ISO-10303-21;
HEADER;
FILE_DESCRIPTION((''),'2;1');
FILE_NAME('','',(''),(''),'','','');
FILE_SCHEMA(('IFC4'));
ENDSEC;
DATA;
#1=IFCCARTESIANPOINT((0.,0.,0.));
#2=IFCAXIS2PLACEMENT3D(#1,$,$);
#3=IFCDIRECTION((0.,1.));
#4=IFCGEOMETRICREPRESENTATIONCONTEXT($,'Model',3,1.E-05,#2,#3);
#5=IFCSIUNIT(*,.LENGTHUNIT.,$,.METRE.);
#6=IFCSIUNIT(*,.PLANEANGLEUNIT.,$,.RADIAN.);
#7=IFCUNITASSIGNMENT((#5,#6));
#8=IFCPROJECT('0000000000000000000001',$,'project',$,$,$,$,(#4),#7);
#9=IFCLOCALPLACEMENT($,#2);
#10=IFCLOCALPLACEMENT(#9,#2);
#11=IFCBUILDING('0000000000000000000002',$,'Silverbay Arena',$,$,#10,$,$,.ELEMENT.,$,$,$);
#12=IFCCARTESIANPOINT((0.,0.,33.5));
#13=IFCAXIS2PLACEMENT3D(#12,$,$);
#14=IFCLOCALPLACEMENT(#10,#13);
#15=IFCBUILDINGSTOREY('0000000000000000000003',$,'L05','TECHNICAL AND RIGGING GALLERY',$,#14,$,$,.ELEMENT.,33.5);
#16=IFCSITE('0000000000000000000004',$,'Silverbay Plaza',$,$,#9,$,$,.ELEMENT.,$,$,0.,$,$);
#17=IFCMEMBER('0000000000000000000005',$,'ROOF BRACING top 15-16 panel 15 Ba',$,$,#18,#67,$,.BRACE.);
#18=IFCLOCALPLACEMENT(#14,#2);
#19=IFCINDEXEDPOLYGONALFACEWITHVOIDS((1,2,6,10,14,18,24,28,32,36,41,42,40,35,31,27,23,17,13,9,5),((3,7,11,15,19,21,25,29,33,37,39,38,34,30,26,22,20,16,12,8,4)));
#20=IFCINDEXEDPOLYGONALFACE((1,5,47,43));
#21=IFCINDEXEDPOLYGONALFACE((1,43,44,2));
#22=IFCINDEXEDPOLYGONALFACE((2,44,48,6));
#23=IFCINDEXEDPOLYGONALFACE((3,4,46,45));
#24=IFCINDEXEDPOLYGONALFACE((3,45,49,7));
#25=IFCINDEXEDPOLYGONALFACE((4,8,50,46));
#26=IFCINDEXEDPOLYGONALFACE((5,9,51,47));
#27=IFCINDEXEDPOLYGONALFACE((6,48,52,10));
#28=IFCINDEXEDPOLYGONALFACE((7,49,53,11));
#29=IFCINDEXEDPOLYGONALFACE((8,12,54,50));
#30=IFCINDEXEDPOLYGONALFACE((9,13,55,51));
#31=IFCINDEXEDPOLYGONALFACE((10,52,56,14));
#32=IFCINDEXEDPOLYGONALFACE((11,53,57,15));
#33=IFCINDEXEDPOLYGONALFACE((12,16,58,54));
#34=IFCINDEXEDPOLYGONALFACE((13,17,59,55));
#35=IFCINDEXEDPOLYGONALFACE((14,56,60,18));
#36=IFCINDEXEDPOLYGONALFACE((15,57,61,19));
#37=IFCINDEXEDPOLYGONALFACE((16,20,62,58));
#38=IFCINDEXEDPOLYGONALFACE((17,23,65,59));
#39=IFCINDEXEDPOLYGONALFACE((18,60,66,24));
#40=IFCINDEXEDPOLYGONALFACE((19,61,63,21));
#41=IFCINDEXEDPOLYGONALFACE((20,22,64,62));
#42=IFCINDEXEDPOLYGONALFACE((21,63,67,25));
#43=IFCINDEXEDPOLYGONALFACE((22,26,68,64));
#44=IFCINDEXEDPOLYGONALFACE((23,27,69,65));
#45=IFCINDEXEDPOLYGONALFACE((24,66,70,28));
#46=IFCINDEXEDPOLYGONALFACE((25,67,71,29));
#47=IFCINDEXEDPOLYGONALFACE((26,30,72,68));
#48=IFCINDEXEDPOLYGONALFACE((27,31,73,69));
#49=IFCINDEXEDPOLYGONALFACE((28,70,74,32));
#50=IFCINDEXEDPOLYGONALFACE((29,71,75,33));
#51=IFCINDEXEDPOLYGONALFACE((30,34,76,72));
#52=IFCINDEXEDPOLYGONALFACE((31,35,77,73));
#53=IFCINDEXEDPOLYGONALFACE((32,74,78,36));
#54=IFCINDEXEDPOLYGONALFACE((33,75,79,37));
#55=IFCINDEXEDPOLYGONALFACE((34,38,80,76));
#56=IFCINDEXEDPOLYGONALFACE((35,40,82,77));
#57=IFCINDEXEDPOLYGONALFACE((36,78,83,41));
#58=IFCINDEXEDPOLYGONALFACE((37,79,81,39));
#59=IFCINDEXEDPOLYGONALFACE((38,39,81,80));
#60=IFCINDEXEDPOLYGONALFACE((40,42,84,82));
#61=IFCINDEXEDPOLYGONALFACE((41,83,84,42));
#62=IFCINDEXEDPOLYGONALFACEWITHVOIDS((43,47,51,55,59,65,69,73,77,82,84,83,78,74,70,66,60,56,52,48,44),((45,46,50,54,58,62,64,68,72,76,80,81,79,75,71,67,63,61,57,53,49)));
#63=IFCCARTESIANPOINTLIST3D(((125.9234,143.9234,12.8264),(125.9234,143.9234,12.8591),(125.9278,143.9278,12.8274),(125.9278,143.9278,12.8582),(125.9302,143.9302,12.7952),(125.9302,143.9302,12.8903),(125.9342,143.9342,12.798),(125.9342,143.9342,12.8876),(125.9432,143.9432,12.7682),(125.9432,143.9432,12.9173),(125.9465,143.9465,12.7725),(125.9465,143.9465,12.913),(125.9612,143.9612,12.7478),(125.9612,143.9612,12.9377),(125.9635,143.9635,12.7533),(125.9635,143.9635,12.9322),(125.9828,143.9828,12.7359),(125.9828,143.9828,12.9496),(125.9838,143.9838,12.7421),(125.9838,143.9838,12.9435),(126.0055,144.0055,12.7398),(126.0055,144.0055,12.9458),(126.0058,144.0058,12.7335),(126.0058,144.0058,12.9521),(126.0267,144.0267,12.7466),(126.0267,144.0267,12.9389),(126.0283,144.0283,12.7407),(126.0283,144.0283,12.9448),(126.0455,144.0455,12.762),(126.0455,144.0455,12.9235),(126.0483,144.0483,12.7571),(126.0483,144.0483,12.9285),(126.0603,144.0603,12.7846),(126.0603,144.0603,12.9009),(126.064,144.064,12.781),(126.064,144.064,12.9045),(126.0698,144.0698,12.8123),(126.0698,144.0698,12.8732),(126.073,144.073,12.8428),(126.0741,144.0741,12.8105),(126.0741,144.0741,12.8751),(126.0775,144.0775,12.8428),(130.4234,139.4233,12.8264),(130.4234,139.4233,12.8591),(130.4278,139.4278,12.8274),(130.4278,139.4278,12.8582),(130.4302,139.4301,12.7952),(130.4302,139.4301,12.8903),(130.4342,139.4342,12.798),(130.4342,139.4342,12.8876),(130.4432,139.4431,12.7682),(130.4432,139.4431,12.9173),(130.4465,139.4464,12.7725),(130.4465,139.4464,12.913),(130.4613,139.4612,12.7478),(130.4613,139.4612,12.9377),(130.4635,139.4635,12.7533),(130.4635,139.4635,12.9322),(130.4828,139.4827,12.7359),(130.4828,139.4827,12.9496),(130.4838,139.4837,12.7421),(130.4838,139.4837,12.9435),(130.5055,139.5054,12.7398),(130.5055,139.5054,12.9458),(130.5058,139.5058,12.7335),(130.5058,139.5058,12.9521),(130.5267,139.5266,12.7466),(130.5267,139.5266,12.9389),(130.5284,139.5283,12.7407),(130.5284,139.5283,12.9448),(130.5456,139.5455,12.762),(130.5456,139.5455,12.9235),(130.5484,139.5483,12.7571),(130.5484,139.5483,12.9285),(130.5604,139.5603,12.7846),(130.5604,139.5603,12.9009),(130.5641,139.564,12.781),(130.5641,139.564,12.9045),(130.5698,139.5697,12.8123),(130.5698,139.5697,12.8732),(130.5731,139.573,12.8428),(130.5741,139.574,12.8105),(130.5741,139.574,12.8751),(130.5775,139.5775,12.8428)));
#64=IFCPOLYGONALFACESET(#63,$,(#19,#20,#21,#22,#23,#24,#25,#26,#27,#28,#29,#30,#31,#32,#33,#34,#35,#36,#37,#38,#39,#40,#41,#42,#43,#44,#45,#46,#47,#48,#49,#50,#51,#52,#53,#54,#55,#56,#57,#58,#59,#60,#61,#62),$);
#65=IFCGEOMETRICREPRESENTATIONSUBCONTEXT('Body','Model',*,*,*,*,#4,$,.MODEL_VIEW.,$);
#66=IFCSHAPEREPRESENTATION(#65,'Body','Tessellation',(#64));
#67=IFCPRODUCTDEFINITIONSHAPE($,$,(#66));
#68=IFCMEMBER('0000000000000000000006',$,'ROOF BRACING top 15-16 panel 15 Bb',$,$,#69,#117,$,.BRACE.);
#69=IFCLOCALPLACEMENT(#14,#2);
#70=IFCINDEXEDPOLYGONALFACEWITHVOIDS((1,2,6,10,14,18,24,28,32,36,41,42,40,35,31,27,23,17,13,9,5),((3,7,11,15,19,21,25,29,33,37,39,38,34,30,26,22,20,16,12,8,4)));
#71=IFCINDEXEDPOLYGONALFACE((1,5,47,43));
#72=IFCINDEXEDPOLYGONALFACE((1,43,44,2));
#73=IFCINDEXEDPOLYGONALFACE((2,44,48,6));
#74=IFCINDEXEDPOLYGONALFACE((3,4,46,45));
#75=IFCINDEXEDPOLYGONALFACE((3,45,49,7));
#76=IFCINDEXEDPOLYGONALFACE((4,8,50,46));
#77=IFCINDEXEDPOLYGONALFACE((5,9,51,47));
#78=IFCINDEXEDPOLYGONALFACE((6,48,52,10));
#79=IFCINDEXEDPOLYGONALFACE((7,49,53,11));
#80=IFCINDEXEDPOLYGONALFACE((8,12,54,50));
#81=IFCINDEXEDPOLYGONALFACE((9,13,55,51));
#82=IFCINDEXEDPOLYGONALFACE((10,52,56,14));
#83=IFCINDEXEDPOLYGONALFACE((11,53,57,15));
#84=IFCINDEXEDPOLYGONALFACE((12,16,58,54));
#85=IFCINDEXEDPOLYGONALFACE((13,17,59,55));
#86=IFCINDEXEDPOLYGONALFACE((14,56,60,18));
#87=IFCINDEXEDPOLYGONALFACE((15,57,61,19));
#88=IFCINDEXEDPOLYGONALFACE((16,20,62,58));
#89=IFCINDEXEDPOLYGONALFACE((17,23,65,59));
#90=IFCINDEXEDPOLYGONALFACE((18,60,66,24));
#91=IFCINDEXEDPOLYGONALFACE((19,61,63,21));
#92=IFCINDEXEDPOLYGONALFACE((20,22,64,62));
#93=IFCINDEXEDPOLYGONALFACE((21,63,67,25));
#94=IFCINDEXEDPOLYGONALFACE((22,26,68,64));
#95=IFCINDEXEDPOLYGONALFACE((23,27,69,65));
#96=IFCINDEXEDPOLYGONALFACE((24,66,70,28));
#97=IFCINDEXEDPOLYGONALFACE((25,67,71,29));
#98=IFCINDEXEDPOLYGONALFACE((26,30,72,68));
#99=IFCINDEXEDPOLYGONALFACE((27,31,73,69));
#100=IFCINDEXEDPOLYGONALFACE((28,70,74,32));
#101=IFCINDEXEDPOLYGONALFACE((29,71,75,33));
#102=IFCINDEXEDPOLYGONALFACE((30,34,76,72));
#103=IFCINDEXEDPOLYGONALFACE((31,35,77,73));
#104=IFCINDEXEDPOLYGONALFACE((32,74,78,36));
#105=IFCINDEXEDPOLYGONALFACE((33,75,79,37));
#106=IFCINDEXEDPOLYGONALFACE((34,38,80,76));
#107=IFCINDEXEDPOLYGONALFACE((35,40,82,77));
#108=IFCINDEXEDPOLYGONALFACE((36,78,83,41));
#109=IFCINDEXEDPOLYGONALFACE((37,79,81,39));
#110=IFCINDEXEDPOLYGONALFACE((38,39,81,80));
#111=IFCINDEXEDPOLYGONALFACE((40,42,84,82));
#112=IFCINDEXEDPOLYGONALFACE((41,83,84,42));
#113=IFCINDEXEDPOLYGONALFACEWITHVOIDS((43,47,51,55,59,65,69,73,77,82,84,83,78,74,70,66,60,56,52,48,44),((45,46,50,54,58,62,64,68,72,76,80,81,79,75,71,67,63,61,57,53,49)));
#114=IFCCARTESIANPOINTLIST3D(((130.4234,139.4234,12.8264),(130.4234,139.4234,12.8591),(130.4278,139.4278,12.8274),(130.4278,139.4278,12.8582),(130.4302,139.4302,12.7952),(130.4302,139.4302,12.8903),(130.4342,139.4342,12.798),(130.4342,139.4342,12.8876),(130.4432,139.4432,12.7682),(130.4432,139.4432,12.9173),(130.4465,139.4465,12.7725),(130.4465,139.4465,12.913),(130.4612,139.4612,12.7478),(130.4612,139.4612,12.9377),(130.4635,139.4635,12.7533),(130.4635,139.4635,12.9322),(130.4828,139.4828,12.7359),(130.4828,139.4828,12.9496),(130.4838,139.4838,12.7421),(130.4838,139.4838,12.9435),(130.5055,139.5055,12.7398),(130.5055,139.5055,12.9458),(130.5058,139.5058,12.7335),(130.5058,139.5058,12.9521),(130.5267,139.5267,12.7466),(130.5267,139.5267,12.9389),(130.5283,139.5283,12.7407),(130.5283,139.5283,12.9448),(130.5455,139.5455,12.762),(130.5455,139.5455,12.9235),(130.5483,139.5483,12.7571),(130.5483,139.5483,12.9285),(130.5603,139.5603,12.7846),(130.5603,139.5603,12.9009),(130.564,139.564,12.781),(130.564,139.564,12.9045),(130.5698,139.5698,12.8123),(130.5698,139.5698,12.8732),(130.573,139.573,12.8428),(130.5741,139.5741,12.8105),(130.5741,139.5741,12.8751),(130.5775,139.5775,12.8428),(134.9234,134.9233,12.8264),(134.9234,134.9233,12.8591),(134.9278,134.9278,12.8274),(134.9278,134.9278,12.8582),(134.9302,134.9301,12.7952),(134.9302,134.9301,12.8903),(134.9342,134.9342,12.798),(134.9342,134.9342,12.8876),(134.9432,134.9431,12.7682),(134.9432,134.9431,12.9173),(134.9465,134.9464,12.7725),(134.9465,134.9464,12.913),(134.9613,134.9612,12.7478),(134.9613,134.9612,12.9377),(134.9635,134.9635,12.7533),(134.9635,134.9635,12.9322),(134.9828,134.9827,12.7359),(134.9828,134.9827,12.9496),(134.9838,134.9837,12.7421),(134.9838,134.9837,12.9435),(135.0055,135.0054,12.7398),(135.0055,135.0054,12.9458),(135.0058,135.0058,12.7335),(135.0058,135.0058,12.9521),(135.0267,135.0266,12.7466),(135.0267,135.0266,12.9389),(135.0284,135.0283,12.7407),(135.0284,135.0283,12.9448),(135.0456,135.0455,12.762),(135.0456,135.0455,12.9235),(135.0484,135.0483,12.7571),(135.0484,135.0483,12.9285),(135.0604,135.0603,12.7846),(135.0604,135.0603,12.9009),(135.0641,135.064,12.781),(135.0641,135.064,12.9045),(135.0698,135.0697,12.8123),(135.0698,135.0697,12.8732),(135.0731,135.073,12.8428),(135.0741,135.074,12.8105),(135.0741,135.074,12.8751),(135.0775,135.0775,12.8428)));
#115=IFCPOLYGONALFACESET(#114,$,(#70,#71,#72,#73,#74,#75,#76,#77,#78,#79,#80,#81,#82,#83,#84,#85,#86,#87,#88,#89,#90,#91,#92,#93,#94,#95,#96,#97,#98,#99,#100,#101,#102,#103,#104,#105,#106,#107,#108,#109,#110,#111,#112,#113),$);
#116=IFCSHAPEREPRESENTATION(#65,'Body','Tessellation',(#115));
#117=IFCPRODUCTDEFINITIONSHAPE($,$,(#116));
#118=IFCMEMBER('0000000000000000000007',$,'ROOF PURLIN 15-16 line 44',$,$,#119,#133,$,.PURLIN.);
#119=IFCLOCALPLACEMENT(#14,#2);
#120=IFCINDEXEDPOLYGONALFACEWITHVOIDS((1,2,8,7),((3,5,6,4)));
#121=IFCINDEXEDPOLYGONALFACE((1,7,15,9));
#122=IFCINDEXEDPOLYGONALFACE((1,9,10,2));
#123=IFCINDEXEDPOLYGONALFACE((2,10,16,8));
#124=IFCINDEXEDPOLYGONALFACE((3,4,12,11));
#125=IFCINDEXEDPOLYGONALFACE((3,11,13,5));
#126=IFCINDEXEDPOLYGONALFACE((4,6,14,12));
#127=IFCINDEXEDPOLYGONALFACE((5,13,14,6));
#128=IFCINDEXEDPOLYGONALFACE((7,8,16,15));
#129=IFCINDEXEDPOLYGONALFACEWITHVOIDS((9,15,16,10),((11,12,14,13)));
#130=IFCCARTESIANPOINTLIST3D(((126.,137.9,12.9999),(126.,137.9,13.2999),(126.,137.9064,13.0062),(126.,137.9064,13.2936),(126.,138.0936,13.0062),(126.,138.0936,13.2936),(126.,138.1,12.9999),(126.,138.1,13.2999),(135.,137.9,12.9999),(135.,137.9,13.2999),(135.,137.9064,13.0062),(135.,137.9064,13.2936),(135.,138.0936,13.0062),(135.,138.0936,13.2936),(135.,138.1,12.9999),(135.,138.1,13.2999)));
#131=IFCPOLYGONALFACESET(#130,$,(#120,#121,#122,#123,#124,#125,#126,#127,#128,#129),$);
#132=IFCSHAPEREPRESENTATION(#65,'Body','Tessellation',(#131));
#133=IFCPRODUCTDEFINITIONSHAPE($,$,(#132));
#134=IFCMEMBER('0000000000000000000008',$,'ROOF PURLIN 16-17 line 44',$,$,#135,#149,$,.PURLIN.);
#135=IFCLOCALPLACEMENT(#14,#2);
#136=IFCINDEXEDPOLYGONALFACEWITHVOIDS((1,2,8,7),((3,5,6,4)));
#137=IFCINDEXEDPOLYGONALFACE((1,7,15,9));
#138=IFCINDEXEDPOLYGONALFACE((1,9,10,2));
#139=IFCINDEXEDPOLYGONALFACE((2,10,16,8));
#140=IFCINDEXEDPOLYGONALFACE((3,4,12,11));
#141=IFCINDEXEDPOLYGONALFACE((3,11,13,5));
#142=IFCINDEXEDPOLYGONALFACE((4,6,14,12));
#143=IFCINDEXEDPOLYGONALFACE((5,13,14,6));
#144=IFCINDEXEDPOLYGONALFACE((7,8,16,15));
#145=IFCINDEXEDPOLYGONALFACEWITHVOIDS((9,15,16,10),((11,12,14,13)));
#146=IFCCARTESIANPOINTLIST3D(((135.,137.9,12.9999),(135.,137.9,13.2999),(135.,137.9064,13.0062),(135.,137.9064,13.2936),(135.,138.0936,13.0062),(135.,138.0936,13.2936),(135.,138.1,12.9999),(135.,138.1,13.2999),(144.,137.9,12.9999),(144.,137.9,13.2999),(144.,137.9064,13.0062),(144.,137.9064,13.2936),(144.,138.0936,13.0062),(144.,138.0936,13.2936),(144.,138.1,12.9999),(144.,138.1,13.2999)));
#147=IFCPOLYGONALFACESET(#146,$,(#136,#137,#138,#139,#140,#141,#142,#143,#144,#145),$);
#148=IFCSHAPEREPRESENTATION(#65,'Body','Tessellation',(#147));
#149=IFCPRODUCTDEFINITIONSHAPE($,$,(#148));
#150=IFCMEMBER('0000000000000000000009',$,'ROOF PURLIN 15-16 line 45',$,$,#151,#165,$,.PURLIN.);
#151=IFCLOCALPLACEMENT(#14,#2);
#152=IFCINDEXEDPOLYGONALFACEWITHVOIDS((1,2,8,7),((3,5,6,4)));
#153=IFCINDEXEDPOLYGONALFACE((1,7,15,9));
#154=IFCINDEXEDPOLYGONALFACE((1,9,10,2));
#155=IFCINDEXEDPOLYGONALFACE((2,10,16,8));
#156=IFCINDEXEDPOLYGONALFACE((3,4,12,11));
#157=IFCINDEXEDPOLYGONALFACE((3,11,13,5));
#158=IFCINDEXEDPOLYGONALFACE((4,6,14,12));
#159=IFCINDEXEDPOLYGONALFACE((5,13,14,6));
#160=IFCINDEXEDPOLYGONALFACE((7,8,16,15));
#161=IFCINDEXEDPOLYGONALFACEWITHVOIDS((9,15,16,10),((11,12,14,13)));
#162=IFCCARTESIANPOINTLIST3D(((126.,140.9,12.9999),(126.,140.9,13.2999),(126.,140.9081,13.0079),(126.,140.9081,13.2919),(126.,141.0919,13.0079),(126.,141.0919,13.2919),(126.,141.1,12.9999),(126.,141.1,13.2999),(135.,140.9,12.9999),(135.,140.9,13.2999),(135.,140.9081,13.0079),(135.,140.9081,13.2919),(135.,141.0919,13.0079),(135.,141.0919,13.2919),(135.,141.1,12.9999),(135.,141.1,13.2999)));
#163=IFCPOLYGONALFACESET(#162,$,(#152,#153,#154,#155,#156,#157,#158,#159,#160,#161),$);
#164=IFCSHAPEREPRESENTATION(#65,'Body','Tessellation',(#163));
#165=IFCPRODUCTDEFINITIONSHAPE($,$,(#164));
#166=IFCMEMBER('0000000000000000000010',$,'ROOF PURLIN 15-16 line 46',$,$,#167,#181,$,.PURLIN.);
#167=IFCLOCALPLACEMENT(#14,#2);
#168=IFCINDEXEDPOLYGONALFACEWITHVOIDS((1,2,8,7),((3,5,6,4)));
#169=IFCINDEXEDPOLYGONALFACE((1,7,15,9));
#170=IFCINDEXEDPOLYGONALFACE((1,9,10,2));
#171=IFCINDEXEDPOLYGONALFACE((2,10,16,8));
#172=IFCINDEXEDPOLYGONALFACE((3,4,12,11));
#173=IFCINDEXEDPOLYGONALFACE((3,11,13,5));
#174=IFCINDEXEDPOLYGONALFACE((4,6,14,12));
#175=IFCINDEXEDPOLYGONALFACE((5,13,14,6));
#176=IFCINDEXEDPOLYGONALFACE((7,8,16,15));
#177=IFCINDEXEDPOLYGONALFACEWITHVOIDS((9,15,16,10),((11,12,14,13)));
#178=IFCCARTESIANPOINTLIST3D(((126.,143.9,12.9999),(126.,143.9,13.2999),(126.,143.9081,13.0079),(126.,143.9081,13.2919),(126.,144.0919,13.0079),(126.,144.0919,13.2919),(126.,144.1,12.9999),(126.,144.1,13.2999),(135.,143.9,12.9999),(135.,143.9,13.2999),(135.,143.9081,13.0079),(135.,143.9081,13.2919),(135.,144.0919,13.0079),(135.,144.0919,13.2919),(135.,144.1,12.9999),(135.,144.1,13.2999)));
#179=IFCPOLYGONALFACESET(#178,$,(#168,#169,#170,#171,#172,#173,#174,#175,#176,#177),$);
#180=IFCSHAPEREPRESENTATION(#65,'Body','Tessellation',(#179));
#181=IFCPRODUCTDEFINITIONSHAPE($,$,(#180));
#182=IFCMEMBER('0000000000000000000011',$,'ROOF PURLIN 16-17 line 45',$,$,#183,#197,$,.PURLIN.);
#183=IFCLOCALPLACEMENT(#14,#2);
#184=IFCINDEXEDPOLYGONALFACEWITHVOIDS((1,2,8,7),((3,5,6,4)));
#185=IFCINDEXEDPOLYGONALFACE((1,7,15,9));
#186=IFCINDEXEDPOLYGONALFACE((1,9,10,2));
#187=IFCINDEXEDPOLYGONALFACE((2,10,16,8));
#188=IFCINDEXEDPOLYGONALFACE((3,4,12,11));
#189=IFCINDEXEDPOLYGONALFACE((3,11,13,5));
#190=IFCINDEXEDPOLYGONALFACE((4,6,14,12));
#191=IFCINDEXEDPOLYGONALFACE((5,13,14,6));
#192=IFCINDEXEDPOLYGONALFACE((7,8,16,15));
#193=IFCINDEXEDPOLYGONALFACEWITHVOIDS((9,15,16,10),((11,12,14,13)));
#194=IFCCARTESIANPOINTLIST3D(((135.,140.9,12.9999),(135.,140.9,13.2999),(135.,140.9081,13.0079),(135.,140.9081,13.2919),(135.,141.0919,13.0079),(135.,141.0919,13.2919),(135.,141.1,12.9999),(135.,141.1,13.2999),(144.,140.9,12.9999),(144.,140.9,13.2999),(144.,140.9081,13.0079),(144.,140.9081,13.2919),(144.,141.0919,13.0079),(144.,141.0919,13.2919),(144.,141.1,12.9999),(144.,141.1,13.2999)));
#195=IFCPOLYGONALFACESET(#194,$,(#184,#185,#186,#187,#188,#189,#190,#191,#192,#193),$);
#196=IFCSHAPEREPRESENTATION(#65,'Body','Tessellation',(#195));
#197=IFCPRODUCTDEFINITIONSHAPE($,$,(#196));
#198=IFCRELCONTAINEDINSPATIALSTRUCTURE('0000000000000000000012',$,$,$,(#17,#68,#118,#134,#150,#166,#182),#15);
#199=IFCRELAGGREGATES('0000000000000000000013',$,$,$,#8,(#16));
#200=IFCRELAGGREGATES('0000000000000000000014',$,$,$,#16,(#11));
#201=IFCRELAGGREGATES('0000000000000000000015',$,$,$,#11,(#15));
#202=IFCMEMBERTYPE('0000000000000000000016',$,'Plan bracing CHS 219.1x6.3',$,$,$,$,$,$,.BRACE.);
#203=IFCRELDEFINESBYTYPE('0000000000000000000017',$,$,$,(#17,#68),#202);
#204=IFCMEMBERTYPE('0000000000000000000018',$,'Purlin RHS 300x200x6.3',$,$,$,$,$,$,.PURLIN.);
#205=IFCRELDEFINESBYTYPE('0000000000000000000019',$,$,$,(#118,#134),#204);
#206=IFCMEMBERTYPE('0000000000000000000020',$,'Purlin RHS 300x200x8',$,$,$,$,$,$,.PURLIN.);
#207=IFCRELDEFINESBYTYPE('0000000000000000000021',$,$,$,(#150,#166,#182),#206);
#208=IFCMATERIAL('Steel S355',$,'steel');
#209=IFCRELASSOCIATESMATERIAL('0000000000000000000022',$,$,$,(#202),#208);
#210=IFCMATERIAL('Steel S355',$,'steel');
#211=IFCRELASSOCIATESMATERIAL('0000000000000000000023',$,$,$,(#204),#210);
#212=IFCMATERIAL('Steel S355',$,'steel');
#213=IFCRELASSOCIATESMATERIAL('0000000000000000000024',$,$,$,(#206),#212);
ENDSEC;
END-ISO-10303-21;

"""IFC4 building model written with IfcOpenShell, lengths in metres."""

from ifc_helpers import new_model, si_unit, direction, frame, origin, origin_2d, place, context, subcontext, project, spatial, hollow_rectangle, hollow_circle, extrude, material, material_profile, profile_set, type_object, element, save


model = new_model("IFC4")

# Units and contexts
model_context = context("Model", 3, precision=1e-05, world=origin(), true_north=direction((0.0, 1.0)))
body_context = subcontext(model_context, "Body", "Model", "MODEL_VIEW")
ifc_project = project(units=[si_unit("LENGTHUNIT", "METRE"), si_unit("PLANEANGLEUNIT", "RADIAN")], contexts=[model_context])

# Site, building, storey
site_placement = place(None, origin())
site = spatial("IfcSite", under=ifc_project, at=site_placement, Name="Silverbay Plaza", CompositionType="ELEMENT", RefElevation=0.0)
building_placement = place(site_placement, origin())
building = spatial("IfcBuilding", under=site, at=building_placement, Name="Silverbay Arena", CompositionType="ELEMENT")
storey_placement = place(building_placement, frame((0.0, 0.0, 33.5)))
storey = spatial("IfcBuildingStorey", under=building, at=storey_placement, Name="L05", Description="TECHNICAL AND RIGGING GALLERY", CompositionType="ELEMENT", Elevation=33.5)

# Members
ifc_material_1 = material(Name="Steel S355", Category="steel")
ifc_material_profile_1 = material_profile(ifc_material_1, hollow_circle(Radius=0.1096, WallThickness=0.0063, at=origin_2d()), Name="CHS 219.1x6.3")
ifc_profile_set_1 = profile_set([ifc_material_profile_1], Name="Steel S355")
member_type_1 = type_object("IfcMemberType", Name="Plan bracing CHS 219.1x6.3", PredefinedType="BRACE", material=ifc_profile_set_1)
for number, where, z_axis, x_axis, name in (
    (1, (126.0, 144.0, 12.8428), (0.707107, -0.707107, 0.0), (0.707107, 0.707107, 0.0), "ROOF BRACING top 15-16 panel 15 Ba"),
    (2, (130.5, 139.5, 12.8428), (0.707107, -0.707107, 0.0), (0.707107, 0.707107, 0.0), "ROOF BRACING top 15-16 panel 15 Bb"),
):
    element("IfcMember", number, at=place(storey_placement, frame(where, z_axis=z_axis, x_axis=x_axis)), inside=storey, type_object=member_type_1, Name=name, PredefinedType="BRACE", context=body_context, shape_type="SweptSolid", body=[
        extrude(hollow_circle(Radius=0.1096, WallThickness=0.0063, at=origin_2d()), origin(), (0.0, 0.0, 1.0), 6.364),
    ])
ifc_material_2 = material(Name="Steel S355", Category="steel")
ifc_material_profile_2 = material_profile(ifc_material_2, hollow_rectangle(XDim=0.2, YDim=0.3, WallThickness=0.0063, at=origin_2d()), Name="RHS 300x200x6.3")
ifc_profile_set_2 = profile_set([ifc_material_profile_2], Name="Steel S355")
member_type_2 = type_object("IfcMemberType", Name="Purlin RHS 300x200x6.3", PredefinedType="PURLIN", material=ifc_profile_set_2)
for number, where, z_axis, x_axis, name in (
    (3, (126.0, 138.0, 13.1499), (1.0, 0.0, 0.0), (0.0, 1.0, 0.0), "ROOF PURLIN 15-16 line 44"),
    (4, (135.0, 138.0, 13.1499), (1.0, 0.0, 0.0), (0.0, 1.0, 0.0), "ROOF PURLIN 16-17 line 44"),
):
    element("IfcMember", number, at=place(storey_placement, frame(where, z_axis=z_axis, x_axis=x_axis)), inside=storey, type_object=member_type_2, Name=name, PredefinedType="PURLIN", context=body_context, shape_type="SweptSolid", body=[
        extrude(hollow_rectangle(XDim=0.2, YDim=0.3, WallThickness=0.0063, at=origin_2d()), origin(), (0.0, 0.0, 1.0), 9.0),
    ])
ifc_material_3 = material(Name="Steel S355", Category="steel")
ifc_material_profile_3 = material_profile(ifc_material_3, hollow_rectangle(XDim=0.2, YDim=0.3, WallThickness=0.0081, at=origin_2d()), Name="RHS 300x200x8")
ifc_profile_set_3 = profile_set([ifc_material_profile_3], Name="Steel S355")
member_type_3 = type_object("IfcMemberType", Name="Purlin RHS 300x200x8", PredefinedType="PURLIN", material=ifc_profile_set_3)
for number, where, z_axis, x_axis, name in (
    (5, (126.0, 141.0, 13.1499), (1.0, 0.0, 0.0), (0.0, 1.0, 0.0), "ROOF PURLIN 15-16 line 45"),
    (6, (126.0, 144.0, 13.1499), (1.0, 0.0, 0.0), (0.0, 1.0, 0.0), "ROOF PURLIN 15-16 line 46"),
    (7, (135.0, 141.0, 13.1499), (1.0, 0.0, 0.0), (0.0, 1.0, 0.0), "ROOF PURLIN 16-17 line 45"),
):
    element("IfcMember", number, at=place(storey_placement, frame(where, z_axis=z_axis, x_axis=x_axis)), inside=storey, type_object=member_type_3, Name=name, PredefinedType="PURLIN", context=body_context, shape_type="SweptSolid", body=[
        extrude(hollow_rectangle(XDim=0.2, YDim=0.3, WallThickness=0.0081, at=origin_2d()), origin(), (0.0, 0.0, 1.0), 9.0),
    ])

save(model, "model.ifc")
